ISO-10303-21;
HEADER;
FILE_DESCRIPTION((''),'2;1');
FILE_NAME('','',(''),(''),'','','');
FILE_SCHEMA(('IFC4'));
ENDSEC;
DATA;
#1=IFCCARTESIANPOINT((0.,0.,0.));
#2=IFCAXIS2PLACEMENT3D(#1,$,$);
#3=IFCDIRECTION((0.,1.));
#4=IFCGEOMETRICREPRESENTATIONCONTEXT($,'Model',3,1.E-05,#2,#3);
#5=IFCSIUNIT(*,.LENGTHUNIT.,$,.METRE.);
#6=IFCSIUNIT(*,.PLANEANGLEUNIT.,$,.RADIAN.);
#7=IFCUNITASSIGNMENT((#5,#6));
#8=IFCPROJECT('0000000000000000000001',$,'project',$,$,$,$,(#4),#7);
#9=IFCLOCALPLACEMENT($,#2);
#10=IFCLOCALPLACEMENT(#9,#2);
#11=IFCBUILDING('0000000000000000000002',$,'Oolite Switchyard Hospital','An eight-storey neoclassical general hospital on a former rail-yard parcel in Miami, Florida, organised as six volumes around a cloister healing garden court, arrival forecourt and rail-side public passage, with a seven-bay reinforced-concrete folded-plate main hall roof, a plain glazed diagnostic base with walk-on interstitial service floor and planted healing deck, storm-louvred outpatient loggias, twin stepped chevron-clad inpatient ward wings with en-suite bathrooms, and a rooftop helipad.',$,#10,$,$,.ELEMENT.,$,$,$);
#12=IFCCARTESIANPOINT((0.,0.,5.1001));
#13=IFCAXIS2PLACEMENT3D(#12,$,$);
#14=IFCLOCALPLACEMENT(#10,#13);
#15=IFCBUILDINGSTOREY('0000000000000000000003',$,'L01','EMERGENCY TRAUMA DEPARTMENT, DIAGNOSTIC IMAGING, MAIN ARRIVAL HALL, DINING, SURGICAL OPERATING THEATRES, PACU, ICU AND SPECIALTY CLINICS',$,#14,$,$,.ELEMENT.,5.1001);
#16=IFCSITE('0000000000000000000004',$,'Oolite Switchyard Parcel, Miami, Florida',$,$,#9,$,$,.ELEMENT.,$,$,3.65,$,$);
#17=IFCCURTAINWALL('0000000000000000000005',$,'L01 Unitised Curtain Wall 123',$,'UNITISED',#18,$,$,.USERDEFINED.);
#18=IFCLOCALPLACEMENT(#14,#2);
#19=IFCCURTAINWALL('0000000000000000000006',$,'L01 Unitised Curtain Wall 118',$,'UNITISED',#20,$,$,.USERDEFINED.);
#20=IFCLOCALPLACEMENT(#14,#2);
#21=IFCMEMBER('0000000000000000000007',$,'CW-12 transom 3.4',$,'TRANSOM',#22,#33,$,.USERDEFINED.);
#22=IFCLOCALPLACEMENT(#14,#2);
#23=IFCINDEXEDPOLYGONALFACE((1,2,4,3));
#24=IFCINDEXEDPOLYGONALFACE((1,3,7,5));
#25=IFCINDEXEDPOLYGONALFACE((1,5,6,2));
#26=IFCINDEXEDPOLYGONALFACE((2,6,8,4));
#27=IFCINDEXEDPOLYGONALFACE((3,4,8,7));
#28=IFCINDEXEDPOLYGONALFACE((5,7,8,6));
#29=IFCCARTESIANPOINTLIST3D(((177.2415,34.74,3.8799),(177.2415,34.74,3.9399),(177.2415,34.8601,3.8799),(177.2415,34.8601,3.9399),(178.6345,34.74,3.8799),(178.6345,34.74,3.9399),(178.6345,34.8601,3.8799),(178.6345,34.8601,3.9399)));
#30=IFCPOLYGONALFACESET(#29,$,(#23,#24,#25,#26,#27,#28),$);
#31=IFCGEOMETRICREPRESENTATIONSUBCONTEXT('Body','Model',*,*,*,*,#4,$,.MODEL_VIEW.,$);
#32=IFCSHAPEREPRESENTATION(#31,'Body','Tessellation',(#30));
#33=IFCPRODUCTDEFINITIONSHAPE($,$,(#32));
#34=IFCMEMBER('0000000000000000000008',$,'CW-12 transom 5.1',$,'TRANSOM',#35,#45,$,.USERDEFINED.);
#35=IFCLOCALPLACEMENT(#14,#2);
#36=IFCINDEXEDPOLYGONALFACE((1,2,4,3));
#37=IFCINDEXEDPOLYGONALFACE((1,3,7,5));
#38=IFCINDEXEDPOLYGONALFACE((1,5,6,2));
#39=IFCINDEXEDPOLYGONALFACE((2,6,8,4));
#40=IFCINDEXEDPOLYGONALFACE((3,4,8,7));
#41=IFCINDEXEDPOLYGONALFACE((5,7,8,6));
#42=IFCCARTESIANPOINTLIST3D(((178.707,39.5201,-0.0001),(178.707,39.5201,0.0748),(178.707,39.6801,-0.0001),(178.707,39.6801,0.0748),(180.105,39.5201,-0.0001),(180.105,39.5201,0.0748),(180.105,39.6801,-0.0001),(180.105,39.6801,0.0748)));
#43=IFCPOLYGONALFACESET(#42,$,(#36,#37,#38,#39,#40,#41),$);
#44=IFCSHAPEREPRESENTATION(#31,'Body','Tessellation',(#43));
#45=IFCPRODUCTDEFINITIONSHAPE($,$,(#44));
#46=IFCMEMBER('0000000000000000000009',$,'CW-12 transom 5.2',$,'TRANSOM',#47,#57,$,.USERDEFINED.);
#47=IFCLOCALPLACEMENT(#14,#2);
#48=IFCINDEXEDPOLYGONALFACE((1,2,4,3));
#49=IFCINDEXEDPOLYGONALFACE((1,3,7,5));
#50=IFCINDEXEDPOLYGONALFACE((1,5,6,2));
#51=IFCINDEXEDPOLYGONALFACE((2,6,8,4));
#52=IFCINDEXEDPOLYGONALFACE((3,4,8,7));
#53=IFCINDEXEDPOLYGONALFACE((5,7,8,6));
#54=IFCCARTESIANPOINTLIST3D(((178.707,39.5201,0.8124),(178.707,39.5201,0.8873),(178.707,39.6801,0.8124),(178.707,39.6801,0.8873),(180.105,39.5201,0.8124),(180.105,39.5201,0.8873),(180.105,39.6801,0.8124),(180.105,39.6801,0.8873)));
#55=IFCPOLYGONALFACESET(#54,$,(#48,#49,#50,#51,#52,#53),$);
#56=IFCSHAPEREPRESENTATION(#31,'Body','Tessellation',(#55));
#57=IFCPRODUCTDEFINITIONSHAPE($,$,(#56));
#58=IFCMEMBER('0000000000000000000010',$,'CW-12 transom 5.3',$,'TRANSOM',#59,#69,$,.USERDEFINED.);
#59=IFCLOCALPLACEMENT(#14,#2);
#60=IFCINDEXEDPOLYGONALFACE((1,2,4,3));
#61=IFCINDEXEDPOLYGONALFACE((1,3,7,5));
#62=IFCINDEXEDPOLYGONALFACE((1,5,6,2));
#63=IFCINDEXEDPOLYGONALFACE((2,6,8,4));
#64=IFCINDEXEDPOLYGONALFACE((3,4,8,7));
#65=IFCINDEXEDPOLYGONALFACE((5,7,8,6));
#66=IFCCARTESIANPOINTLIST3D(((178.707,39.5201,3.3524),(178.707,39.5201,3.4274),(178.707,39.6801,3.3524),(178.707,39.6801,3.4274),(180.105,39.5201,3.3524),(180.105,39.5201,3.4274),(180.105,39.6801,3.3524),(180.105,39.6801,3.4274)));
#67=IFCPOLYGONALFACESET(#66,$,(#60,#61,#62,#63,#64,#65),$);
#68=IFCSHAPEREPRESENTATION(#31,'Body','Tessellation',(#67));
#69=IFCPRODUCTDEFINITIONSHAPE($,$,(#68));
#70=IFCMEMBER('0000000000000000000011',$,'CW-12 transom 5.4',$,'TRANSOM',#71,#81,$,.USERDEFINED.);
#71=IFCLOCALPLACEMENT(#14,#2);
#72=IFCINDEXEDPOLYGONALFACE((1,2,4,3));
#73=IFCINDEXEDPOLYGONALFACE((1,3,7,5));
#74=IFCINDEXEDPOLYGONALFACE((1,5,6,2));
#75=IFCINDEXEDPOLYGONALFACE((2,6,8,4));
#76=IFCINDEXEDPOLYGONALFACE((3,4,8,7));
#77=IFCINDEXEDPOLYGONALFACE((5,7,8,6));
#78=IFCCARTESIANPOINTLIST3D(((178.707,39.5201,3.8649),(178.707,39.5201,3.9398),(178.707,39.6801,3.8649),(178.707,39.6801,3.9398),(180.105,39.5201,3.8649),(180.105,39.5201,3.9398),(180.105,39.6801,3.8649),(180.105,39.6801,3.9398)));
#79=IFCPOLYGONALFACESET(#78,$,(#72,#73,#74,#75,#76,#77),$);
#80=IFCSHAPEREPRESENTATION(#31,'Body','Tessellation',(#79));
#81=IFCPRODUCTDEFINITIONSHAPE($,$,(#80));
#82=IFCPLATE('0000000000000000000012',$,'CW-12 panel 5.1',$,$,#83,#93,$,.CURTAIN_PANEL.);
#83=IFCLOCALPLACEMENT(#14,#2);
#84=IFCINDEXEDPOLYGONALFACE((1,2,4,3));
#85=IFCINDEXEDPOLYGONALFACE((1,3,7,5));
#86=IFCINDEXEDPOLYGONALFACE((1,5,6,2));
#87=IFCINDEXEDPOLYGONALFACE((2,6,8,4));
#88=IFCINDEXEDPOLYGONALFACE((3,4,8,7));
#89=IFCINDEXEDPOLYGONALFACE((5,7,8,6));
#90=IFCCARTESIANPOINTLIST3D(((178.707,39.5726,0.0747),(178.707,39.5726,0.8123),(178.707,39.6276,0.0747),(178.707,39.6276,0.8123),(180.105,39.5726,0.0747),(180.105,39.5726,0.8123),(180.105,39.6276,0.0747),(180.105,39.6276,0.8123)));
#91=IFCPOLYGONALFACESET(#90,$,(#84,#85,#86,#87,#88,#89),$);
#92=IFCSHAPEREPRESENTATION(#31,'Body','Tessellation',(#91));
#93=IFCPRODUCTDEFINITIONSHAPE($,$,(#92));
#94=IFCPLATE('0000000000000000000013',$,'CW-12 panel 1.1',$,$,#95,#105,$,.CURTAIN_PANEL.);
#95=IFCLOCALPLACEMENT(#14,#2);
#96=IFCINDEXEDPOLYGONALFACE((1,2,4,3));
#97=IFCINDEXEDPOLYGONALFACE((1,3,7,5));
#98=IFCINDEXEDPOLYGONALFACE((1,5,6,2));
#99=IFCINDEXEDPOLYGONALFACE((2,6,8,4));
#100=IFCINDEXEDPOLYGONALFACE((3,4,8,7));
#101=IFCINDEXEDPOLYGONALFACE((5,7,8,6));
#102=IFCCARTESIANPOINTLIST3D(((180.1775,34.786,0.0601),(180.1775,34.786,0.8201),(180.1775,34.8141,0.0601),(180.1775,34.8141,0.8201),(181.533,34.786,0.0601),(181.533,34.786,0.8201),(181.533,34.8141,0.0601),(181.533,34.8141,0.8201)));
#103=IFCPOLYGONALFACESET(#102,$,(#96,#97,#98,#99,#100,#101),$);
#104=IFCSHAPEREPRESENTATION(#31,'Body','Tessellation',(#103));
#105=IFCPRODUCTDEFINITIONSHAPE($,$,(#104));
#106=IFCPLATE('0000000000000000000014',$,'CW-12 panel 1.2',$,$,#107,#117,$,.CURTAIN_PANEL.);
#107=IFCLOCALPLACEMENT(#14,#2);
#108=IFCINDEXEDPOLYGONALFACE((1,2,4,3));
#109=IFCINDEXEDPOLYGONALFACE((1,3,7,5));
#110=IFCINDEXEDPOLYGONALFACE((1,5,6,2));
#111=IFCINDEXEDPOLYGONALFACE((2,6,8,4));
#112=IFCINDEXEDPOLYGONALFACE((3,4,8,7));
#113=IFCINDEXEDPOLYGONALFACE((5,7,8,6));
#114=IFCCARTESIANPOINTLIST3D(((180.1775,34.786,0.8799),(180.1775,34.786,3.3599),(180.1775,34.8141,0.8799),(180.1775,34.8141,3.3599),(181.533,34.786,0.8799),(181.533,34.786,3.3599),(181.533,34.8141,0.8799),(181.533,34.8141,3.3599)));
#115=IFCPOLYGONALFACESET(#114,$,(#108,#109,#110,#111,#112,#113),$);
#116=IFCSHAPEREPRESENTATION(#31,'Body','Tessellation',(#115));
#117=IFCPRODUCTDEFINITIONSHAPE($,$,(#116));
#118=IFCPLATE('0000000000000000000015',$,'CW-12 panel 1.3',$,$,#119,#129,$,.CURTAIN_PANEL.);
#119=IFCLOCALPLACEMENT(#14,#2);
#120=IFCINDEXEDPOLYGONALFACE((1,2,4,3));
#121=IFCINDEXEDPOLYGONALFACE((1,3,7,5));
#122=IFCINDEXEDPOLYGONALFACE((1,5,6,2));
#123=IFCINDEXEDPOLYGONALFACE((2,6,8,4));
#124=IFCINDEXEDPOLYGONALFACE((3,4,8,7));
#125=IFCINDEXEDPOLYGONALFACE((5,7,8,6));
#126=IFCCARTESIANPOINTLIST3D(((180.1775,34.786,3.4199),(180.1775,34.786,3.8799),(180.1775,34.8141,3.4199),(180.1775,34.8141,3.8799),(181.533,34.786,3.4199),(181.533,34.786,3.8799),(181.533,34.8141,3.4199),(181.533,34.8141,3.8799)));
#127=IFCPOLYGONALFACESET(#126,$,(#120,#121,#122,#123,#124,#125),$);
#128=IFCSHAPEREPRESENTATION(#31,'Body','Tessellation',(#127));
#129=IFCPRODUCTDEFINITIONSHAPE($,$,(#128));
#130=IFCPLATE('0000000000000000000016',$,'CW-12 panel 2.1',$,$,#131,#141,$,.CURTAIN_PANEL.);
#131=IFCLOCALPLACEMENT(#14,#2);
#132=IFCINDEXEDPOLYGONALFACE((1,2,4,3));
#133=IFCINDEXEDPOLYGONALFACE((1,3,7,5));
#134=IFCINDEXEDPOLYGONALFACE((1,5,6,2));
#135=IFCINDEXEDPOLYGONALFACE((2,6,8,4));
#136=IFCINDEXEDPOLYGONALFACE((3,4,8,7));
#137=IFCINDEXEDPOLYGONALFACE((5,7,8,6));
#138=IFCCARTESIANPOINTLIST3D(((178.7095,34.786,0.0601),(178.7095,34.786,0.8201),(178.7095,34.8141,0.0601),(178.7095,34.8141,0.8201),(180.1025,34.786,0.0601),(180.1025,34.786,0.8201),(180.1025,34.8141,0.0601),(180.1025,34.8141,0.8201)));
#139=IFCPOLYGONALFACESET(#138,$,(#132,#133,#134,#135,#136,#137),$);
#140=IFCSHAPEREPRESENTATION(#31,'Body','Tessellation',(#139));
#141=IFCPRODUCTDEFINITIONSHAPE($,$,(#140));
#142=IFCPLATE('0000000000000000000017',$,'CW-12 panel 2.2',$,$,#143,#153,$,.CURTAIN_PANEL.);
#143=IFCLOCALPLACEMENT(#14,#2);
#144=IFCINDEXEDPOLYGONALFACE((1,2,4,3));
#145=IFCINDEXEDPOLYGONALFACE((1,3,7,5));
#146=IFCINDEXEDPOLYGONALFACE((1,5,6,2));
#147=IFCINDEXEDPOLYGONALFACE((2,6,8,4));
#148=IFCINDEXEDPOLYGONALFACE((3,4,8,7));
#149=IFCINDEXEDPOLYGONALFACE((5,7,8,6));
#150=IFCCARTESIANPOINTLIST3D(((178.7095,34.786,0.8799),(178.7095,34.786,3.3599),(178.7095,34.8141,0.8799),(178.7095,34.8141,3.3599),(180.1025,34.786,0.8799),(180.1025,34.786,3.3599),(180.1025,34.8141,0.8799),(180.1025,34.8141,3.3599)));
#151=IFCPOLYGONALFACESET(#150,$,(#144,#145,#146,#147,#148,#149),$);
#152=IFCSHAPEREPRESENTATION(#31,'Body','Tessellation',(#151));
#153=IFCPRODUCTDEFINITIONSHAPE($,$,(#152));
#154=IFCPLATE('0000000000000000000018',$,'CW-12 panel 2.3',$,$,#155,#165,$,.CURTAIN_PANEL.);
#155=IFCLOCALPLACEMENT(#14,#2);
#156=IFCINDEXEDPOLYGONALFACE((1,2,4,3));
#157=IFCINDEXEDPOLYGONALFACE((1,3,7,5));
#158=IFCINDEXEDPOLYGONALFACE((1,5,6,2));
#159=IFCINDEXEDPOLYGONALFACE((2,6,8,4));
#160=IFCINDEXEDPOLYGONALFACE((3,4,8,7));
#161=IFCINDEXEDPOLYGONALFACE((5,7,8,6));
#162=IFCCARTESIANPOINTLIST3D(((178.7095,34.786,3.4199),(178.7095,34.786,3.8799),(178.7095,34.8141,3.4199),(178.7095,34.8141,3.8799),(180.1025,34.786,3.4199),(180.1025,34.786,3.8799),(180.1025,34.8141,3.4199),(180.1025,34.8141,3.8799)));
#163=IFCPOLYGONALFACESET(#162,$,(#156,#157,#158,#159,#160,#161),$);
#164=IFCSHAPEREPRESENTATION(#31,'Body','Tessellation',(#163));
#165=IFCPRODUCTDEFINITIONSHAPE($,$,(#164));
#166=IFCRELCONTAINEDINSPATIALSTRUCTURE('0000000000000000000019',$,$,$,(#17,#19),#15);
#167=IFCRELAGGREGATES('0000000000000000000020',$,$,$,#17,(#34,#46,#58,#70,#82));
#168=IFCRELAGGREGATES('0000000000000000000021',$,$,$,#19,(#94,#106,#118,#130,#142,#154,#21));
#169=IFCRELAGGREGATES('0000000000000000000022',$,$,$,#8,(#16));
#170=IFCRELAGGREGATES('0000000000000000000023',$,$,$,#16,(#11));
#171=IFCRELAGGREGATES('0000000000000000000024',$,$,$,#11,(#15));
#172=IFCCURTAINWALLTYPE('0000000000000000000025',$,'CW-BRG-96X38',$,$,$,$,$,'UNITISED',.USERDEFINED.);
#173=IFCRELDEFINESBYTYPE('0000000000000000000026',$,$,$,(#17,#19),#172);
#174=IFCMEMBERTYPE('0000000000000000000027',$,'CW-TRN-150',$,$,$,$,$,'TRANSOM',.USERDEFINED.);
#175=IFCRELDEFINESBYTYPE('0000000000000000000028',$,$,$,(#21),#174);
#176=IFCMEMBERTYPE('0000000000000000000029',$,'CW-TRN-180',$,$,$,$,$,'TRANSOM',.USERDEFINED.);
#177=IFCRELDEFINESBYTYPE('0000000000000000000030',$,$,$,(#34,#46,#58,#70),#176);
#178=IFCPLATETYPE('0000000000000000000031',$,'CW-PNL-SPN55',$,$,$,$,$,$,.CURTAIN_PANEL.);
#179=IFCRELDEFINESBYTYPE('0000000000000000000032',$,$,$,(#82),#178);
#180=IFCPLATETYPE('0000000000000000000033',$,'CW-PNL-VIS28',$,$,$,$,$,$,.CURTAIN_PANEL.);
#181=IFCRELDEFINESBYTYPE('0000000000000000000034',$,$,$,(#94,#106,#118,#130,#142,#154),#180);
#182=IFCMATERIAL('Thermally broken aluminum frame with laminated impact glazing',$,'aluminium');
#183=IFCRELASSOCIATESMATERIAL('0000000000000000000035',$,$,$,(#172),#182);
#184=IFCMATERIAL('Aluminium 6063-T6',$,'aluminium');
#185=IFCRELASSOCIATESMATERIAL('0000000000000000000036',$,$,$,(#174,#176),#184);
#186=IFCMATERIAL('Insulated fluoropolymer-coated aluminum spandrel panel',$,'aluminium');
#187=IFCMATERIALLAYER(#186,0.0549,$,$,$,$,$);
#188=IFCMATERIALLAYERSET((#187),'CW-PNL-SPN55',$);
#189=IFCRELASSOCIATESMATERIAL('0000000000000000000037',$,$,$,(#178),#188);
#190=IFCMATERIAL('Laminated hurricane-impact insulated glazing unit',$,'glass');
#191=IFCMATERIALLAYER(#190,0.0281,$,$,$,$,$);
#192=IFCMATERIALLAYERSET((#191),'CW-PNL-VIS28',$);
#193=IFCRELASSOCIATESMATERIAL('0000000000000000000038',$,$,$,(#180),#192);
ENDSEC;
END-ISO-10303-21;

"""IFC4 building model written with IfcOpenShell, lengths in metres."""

from ifc_helpers import new_model, si_unit, direction, frame, origin, origin_2d, place, context, subcontext, project, spatial, rectangle, extrude, material, layer, layer_set, material_profile, profile_set, type_object, element, aggregate, save


model = new_model("IFC4")

# Units and contexts
model_context = context("Model", 3, precision=1e-05, world=origin(), true_north=direction((0.0, 1.0)))
body_context = subcontext(model_context, "Body", "Model", "MODEL_VIEW")
ifc_project = project(units=[si_unit("LENGTHUNIT", "METRE"), si_unit("PLANEANGLEUNIT", "RADIAN")], contexts=[model_context])

# Site, building, storey
site_placement = place(None, origin())
site = spatial("IfcSite", under=ifc_project, at=site_placement, Name="Oolite Switchyard Parcel, Miami, Florida", CompositionType="ELEMENT", RefElevation=3.65)
building_placement = place(site_placement, origin())
building = spatial("IfcBuilding", under=site, at=building_placement, Name="Oolite Switchyard Hospital", Description="An eight-storey neoclassical general hospital on a former rail-yard parcel in Miami, Florida, organised as six volumes around a cloister healing garden court, arrival forecourt and rail-side public passage, with a seven-bay reinforced-concrete folded-plate main hall roof, a plain glazed diagnostic base with walk-on interstitial service floor and planted healing deck, storm-louvred outpatient loggias, twin stepped chevron-clad inpatient ward wings with en-suite bathrooms, and a rooftop helipad.", CompositionType="ELEMENT")
storey_placement = place(building_placement, frame((0.0, 0.0, 5.1001)))
storey = spatial("IfcBuildingStorey", under=building, at=storey_placement, Name="L01", Description="EMERGENCY TRAUMA DEPARTMENT, DIAGNOSTIC IMAGING, MAIN ARRIVAL HALL, DINING, SURGICAL OPERATING THEATRES, PACU, ICU AND SPECIALTY CLINICS", CompositionType="ELEMENT", Elevation=5.1001)

# Curtain wall
ifc_material_1 = material(Name="Thermally broken aluminum frame with laminated impact glazing", Category="aluminium")
curtain_wall_type = type_object("IfcCurtainWallType", Name="CW-BRG-96X38", ElementType="UNITISED", PredefinedType="USERDEFINED", material=ifc_material_1)
curtain_wall_1_placement = place(storey_placement, origin())
curtain_wall_1 = element("IfcCurtainWall", 1, at=curtain_wall_1_placement, inside=storey, type_object=curtain_wall_type, Name="L01 Unitised Curtain Wall 123", ObjectType="UNITISED", PredefinedType="USERDEFINED")
ifc_material_2 = material(Name="Aluminium 6063-T6", Category="aluminium")

# Curtain wall, member
curtain_wall_2_placement = place(storey_placement, origin())
curtain_wall_2 = element("IfcCurtainWall", 2, at=curtain_wall_2_placement, inside=storey, type_object=curtain_wall_type, Name="L01 Unitised Curtain Wall 118", ObjectType="UNITISED", PredefinedType="USERDEFINED")
ifc_material_profile_1 = material_profile(ifc_material_2, rectangle(XDim=0.1201, YDim=0.0601, at=origin_2d()), Name="CWT60X120")
ifc_profile_set_1 = profile_set([ifc_material_profile_1], Name="Aluminium 6063-T6")
member_type_1 = type_object("IfcMemberType", Name="CW-TRN-150", ElementType="TRANSOM", PredefinedType="USERDEFINED", material=ifc_profile_set_1)
member_1_placement = place(storey_placement, frame((178.6345, 34.8, 3.9099), z_axis=(-1.0, 0.0, 0.0), x_axis=(0.0, -1.0, 0.0)))
member_1 = element("IfcMember", 3, at=member_1_placement, type_object=member_type_1, Name="CW-12 transom 3.4", ObjectType="TRANSOM", PredefinedType="USERDEFINED", context=body_context, shape_type="SweptSolid", body=[
    extrude(rectangle(XDim=0.1201, YDim=0.0601, at=origin_2d()), origin(), (0.0, 0.0, 1.0), 1.3931),
])

# Members
ifc_material_profile_2 = material_profile(ifc_material_2, rectangle(XDim=0.1599, YDim=0.075, at=origin_2d()), Name="CWT75X160")
ifc_profile_set_2 = profile_set([ifc_material_profile_2], Name="Aluminium 6063-T6")
member_type_2 = type_object("IfcMemberType", Name="CW-TRN-180", ElementType="TRANSOM", PredefinedType="USERDEFINED", material=ifc_profile_set_2)
member_2_placement = place(storey_placement, frame((178.707, 39.6001, 0.0374), z_axis=(1.0, 0.0, 0.0), x_axis=(0.0, 1.0, 0.0)))
member_2 = element("IfcMember", 4, at=member_2_placement, type_object=member_type_2, Name="CW-12 transom 5.1", ObjectType="TRANSOM", PredefinedType="USERDEFINED", context=body_context, shape_type="SweptSolid", body=[
    extrude(rectangle(XDim=0.1599, YDim=0.075, at=origin_2d()), origin(), (0.0, 0.0, 1.0), 1.3979),
])
member_3_placement = place(storey_placement, frame((178.707, 39.6001, 0.8499), z_axis=(1.0, 0.0, 0.0), x_axis=(0.0, 1.0, 0.0)))
member_3 = element("IfcMember", 5, at=member_3_placement, type_object=member_type_2, Name="CW-12 transom 5.2", ObjectType="TRANSOM", PredefinedType="USERDEFINED", context=body_context, shape_type="SweptSolid", body=[
    extrude(rectangle(XDim=0.1599, YDim=0.075, at=origin_2d()), origin(), (0.0, 0.0, 1.0), 1.3979),
])
member_4_placement = place(storey_placement, frame((178.707, 39.6001, 3.3899), z_axis=(1.0, 0.0, 0.0), x_axis=(0.0, 1.0, 0.0)))
member_4 = element("IfcMember", 6, at=member_4_placement, type_object=member_type_2, Name="CW-12 transom 5.3", ObjectType="TRANSOM", PredefinedType="USERDEFINED", context=body_context, shape_type="SweptSolid", body=[
    extrude(rectangle(XDim=0.1599, YDim=0.075, at=origin_2d()), origin(), (0.0, 0.0, 1.0), 1.3979),
])
member_5_placement = place(storey_placement, frame((178.707, 39.6001, 3.9023), z_axis=(1.0, 0.0, 0.0), x_axis=(0.0, 1.0, 0.0)))
member_5 = element("IfcMember", 7, at=member_5_placement, type_object=member_type_2, Name="CW-12 transom 5.4", ObjectType="TRANSOM", PredefinedType="USERDEFINED", context=body_context, shape_type="SweptSolid", body=[
    extrude(rectangle(XDim=0.1599, YDim=0.075, at=origin_2d()), origin(), (0.0, 0.0, 1.0), 1.3979),
])

# Plates
ifc_material_3 = material(Name="Insulated fluoropolymer-coated aluminum spandrel panel", Category="aluminium")
ifc_layer_1 = layer(ifc_material_3, 0.0549)
ifc_layer_set_1 = layer_set([ifc_layer_1], Name="CW-PNL-SPN55")
plate_type_1 = type_object("IfcPlateType", Name="CW-PNL-SPN55", PredefinedType="CURTAIN_PANEL", material=ifc_layer_set_1)
plate_1_placement = place(storey_placement, frame((179.406, 39.6001, 0.0747), z_axis=(0.0, 0.0, 1.0), x_axis=(1.0, 0.0, 0.0)))
plate_1 = element("IfcPlate", 8, at=plate_1_placement, type_object=plate_type_1, Name="CW-12 panel 5.1", PredefinedType="CURTAIN_PANEL", context=body_context, shape_type="SweptSolid", body=[
    extrude(rectangle(XDim=1.3979, YDim=0.0549, at=origin_2d()), origin(), (0.0, 0.0, 1.0), 0.7375),
])
aggregate(curtain_wall_1, [member_2, member_3, member_4, member_5, plate_1])
ifc_material_4 = material(Name="Laminated hurricane-impact insulated glazing unit", Category="glass")
ifc_layer_2 = layer(ifc_material_4, 0.0281)
ifc_layer_set_2 = layer_set([ifc_layer_2], Name="CW-PNL-VIS28")
plate_type_2 = type_object("IfcPlateType", Name="CW-PNL-VIS28", PredefinedType="CURTAIN_PANEL", material=ifc_layer_set_2)
plate_2_placement = place(storey_placement, frame((180.8552, 34.8, 0.0601), z_axis=(0.0, 0.0, 1.0), x_axis=(-1.0, 0.0, 0.0)))
plate_2 = element("IfcPlate", 9, at=plate_2_placement, type_object=plate_type_2, Name="CW-12 panel 1.1", PredefinedType="CURTAIN_PANEL", context=body_context, shape_type="SweptSolid", body=[
    extrude(rectangle(XDim=1.3555, YDim=0.0281, at=origin_2d()), origin(), (0.0, 0.0, 1.0), 0.76),
])
plate_3_placement = place(storey_placement, frame((180.8552, 34.8, 0.8799), z_axis=(0.0, 0.0, 1.0), x_axis=(-1.0, 0.0, 0.0)))
plate_3 = element("IfcPlate", 10, at=plate_3_placement, type_object=plate_type_2, Name="CW-12 panel 1.2", PredefinedType="CURTAIN_PANEL", context=body_context, shape_type="SweptSolid", body=[
    extrude(rectangle(XDim=1.3555, YDim=0.0281, at=origin_2d()), origin(), (0.0, 0.0, 1.0), 2.48),
])
plate_4_placement = place(storey_placement, frame((180.8552, 34.8, 3.4199), z_axis=(0.0, 0.0, 1.0), x_axis=(-1.0, 0.0, 0.0)))
plate_4 = element("IfcPlate", 11, at=plate_4_placement, type_object=plate_type_2, Name="CW-12 panel 1.3", PredefinedType="CURTAIN_PANEL", context=body_context, shape_type="SweptSolid", body=[
    extrude(rectangle(XDim=1.3555, YDim=0.0281, at=origin_2d()), origin(), (0.0, 0.0, 1.0), 0.46),
])
plate_5_placement = place(storey_placement, frame((179.406, 34.8, 0.0601), z_axis=(0.0, 0.0, 1.0), x_axis=(-1.0, 0.0, 0.0)))
plate_5 = element("IfcPlate", 12, at=plate_5_placement, type_object=plate_type_2, Name="CW-12 panel 2.1", PredefinedType="CURTAIN_PANEL", context=body_context, shape_type="SweptSolid", body=[
    extrude(rectangle(XDim=1.3931, YDim=0.0281, at=origin_2d()), origin(), (0.0, 0.0, 1.0), 0.76),
])
plate_6_placement = place(storey_placement, frame((179.406, 34.8, 0.8799), z_axis=(0.0, 0.0, 1.0), x_axis=(-1.0, 0.0, 0.0)))
plate_6 = element("IfcPlate", 13, at=plate_6_placement, type_object=plate_type_2, Name="CW-12 panel 2.2", PredefinedType="CURTAIN_PANEL", context=body_context, shape_type="SweptSolid", body=[
    extrude(rectangle(XDim=1.3931, YDim=0.0281, at=origin_2d()), origin(), (0.0, 0.0, 1.0), 2.48),
])
plate_7_placement = place(storey_placement, frame((179.406, 34.8, 3.4199), z_axis=(0.0, 0.0, 1.0), x_axis=(-1.0, 0.0, 0.0)))
plate_7 = element("IfcPlate", 14, at=plate_7_placement, type_object=plate_type_2, Name="CW-12 panel 2.3", PredefinedType="CURTAIN_PANEL", context=body_context, shape_type="SweptSolid", body=[
    extrude(rectangle(XDim=1.3931, YDim=0.0281, at=origin_2d()), origin(), (0.0, 0.0, 1.0), 0.46),
])
aggregate(curtain_wall_2, [plate_2, plate_3, plate_4, plate_5, plate_6, plate_7, member_1])

save(model, "model.ifc")
